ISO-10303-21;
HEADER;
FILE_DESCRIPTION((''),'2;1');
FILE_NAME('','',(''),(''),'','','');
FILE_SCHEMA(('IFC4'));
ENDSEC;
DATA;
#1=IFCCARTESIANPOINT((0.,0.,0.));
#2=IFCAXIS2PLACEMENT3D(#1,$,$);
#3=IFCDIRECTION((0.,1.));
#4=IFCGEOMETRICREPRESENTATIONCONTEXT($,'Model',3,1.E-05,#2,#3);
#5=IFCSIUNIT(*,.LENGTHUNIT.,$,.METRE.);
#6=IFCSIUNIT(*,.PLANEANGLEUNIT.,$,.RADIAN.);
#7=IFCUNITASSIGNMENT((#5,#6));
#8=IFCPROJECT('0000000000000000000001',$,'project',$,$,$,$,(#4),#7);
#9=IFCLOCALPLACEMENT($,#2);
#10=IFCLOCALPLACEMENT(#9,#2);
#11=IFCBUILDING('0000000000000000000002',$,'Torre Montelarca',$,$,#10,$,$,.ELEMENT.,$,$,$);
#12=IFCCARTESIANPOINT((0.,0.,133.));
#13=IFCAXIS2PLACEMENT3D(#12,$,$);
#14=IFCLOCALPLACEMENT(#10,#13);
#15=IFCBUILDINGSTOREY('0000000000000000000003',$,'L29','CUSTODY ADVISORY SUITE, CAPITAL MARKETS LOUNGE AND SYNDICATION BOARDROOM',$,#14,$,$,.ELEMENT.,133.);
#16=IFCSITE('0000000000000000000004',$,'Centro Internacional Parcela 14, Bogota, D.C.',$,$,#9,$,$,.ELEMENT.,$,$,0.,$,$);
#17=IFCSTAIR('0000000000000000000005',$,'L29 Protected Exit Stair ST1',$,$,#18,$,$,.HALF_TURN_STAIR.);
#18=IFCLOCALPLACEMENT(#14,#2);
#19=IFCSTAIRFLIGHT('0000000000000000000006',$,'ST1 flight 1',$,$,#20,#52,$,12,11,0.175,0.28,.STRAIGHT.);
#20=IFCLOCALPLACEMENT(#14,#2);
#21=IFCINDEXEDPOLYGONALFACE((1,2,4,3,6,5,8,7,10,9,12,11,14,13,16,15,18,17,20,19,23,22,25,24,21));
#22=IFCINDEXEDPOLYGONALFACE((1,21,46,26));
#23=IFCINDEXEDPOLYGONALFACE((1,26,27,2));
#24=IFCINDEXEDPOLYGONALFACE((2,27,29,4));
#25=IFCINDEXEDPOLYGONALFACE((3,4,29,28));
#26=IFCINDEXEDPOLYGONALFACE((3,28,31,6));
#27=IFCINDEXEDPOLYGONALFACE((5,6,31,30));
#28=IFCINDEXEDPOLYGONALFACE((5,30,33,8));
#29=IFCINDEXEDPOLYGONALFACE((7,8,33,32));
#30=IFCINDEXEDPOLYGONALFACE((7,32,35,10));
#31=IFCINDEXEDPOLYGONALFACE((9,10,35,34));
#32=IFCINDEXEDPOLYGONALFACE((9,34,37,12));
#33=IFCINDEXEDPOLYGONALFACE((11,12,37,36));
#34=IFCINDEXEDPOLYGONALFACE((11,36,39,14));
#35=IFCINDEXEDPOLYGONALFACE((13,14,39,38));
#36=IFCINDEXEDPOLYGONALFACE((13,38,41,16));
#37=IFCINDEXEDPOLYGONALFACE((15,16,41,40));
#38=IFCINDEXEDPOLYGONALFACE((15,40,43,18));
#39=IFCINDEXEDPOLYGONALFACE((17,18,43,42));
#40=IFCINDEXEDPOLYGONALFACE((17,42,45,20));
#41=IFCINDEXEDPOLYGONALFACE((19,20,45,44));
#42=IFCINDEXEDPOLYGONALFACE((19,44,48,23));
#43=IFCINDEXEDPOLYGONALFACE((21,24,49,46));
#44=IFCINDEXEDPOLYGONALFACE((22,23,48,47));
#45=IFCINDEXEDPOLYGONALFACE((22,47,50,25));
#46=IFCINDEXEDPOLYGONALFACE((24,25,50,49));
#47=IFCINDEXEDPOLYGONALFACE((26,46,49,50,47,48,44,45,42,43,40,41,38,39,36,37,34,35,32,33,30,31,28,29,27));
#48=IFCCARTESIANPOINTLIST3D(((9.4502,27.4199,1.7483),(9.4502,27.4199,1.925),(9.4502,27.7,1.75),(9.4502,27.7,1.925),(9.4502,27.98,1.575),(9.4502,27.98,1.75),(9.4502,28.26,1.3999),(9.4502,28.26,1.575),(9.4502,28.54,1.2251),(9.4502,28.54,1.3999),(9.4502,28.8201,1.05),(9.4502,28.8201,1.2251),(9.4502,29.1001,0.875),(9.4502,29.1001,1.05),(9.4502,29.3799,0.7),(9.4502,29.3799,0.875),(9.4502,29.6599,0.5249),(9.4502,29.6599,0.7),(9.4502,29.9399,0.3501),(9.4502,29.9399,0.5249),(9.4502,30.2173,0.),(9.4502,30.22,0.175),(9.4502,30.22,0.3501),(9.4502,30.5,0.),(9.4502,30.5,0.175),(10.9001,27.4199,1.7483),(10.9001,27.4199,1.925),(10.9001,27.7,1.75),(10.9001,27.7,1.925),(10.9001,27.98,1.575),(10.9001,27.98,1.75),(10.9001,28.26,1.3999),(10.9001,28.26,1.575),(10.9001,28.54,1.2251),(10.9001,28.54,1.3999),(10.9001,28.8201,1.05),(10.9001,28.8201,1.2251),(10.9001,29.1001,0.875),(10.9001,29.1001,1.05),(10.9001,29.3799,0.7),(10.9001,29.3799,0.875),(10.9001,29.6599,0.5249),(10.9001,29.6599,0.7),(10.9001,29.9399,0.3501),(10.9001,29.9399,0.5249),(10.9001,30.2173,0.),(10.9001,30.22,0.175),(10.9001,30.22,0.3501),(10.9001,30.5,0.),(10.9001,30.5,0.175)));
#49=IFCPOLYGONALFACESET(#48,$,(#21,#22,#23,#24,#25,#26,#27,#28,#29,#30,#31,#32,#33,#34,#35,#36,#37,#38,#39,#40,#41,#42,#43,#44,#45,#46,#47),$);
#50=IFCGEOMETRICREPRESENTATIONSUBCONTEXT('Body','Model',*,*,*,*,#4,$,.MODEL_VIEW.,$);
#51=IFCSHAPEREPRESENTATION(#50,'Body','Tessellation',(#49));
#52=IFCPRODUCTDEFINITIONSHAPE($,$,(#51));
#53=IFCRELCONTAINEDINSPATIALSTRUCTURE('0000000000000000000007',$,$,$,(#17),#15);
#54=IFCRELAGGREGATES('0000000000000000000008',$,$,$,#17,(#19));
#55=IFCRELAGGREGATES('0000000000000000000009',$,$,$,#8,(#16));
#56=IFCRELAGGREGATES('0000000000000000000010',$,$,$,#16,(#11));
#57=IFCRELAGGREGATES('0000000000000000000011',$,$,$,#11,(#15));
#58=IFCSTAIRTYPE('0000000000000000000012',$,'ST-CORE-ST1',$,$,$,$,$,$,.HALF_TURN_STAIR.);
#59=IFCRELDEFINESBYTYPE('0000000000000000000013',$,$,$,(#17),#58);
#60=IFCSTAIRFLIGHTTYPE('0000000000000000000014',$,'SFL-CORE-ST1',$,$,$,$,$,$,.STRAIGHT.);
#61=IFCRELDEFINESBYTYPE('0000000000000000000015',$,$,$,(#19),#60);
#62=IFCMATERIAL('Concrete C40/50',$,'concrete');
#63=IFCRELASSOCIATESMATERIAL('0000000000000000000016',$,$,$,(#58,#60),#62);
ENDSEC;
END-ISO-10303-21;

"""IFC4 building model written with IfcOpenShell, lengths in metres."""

from ifc_helpers import new_model, si_unit, direction, frame, origin, place, context, subcontext, project, spatial, polyline, outline, extrude, material, type_object, element, aggregate, save


model = new_model("IFC4")

# Units and contexts
model_context = context("Model", 3, precision=1e-05, world=origin(), true_north=direction((0.0, 1.0)))
body_context = subcontext(model_context, "Body", "Model", "MODEL_VIEW")
ifc_project = project(units=[si_unit("LENGTHUNIT", "METRE"), si_unit("PLANEANGLEUNIT", "RADIAN")], contexts=[model_context])

# Site, building, storey
site_placement = place(None, origin())
site = spatial("IfcSite", under=ifc_project, at=site_placement, Name="Centro Internacional Parcela 14, Bogota, D.C.", CompositionType="ELEMENT", RefElevation=0.0)
building_placement = place(site_placement, origin())
building = spatial("IfcBuilding", under=site, at=building_placement, Name="Torre Montelarca", CompositionType="ELEMENT")
storey_placement = place(building_placement, frame((0.0, 0.0, 133.0)))
storey = spatial("IfcBuildingStorey", under=building, at=storey_placement, Name="L29", Description="CUSTODY ADVISORY SUITE, CAPITAL MARKETS LOUNGE AND SYNDICATION BOARDROOM", CompositionType="ELEMENT", Elevation=133.0)

# Shared definitions
ifc_material_1 = material(Name="Concrete C40/50", Category="concrete")

# Stair, stair flight
stair_type = type_object("IfcStairType", Name="ST-CORE-ST1", PredefinedType="HALF_TURN_STAIR", material=ifc_material_1)
stair_placement = place(storey_placement, origin())
stair = element("IfcStair", 1, at=stair_placement, inside=storey, type_object=stair_type, Name="L29 Protected Exit Stair ST1", PredefinedType="HALF_TURN_STAIR")
stair_flight_type = type_object("IfcStairFlightType", Name="SFL-CORE-ST1", PredefinedType="STRAIGHT", material=ifc_material_1)
stair_flight_placement = place(storey_placement, frame((10.175, 30.5, 0.0), z_axis=(0.0, 0.0, 1.0), x_axis=(0.0, -1.0, 0.0)))
stair_flight = element("IfcStairFlight", 2, at=stair_flight_placement, type_object=stair_flight_type, Name="ST1 flight 1", NumberOfRisers=12, NumberOfTreads=11, PredefinedType="STRAIGHT", RiserHeight=0.175, TreadLength=0.28, context=body_context, shape_type="SweptSolid", body=[
    extrude(outline(polyline([(0.0, 0.0), (0.0, 0.175), (0.28, 0.175), (0.28, 0.3501), (0.5601, 0.3501), (0.5601, 0.5249), (0.8401, 0.5249), (0.8401, 0.7), (1.1201, 0.7), (1.1201, 0.875), (1.3999, 0.875), (1.3999, 1.05), (1.6799, 1.05), (1.6799, 1.2251), (1.96, 1.2251), (1.96, 1.3999), (2.24, 1.3999), (2.24, 1.575), (2.52, 1.575), (2.52, 1.75), (2.8, 1.75), (2.8, 1.925), (3.0801, 1.925), (3.0801, 2.1001), (3.0801, 1.7483), (0.2827, 0.0), (0.0, 0.0)])), frame((0.0, 0.7251, 0.0), z_axis=(0.0, -1.0, 0.0), x_axis=(1.0, 0.0, 0.0)), (0.0, 0.0, 1.0), 1.45),
])
aggregate(stair, [stair_flight])

save(model, "model.ifc")
